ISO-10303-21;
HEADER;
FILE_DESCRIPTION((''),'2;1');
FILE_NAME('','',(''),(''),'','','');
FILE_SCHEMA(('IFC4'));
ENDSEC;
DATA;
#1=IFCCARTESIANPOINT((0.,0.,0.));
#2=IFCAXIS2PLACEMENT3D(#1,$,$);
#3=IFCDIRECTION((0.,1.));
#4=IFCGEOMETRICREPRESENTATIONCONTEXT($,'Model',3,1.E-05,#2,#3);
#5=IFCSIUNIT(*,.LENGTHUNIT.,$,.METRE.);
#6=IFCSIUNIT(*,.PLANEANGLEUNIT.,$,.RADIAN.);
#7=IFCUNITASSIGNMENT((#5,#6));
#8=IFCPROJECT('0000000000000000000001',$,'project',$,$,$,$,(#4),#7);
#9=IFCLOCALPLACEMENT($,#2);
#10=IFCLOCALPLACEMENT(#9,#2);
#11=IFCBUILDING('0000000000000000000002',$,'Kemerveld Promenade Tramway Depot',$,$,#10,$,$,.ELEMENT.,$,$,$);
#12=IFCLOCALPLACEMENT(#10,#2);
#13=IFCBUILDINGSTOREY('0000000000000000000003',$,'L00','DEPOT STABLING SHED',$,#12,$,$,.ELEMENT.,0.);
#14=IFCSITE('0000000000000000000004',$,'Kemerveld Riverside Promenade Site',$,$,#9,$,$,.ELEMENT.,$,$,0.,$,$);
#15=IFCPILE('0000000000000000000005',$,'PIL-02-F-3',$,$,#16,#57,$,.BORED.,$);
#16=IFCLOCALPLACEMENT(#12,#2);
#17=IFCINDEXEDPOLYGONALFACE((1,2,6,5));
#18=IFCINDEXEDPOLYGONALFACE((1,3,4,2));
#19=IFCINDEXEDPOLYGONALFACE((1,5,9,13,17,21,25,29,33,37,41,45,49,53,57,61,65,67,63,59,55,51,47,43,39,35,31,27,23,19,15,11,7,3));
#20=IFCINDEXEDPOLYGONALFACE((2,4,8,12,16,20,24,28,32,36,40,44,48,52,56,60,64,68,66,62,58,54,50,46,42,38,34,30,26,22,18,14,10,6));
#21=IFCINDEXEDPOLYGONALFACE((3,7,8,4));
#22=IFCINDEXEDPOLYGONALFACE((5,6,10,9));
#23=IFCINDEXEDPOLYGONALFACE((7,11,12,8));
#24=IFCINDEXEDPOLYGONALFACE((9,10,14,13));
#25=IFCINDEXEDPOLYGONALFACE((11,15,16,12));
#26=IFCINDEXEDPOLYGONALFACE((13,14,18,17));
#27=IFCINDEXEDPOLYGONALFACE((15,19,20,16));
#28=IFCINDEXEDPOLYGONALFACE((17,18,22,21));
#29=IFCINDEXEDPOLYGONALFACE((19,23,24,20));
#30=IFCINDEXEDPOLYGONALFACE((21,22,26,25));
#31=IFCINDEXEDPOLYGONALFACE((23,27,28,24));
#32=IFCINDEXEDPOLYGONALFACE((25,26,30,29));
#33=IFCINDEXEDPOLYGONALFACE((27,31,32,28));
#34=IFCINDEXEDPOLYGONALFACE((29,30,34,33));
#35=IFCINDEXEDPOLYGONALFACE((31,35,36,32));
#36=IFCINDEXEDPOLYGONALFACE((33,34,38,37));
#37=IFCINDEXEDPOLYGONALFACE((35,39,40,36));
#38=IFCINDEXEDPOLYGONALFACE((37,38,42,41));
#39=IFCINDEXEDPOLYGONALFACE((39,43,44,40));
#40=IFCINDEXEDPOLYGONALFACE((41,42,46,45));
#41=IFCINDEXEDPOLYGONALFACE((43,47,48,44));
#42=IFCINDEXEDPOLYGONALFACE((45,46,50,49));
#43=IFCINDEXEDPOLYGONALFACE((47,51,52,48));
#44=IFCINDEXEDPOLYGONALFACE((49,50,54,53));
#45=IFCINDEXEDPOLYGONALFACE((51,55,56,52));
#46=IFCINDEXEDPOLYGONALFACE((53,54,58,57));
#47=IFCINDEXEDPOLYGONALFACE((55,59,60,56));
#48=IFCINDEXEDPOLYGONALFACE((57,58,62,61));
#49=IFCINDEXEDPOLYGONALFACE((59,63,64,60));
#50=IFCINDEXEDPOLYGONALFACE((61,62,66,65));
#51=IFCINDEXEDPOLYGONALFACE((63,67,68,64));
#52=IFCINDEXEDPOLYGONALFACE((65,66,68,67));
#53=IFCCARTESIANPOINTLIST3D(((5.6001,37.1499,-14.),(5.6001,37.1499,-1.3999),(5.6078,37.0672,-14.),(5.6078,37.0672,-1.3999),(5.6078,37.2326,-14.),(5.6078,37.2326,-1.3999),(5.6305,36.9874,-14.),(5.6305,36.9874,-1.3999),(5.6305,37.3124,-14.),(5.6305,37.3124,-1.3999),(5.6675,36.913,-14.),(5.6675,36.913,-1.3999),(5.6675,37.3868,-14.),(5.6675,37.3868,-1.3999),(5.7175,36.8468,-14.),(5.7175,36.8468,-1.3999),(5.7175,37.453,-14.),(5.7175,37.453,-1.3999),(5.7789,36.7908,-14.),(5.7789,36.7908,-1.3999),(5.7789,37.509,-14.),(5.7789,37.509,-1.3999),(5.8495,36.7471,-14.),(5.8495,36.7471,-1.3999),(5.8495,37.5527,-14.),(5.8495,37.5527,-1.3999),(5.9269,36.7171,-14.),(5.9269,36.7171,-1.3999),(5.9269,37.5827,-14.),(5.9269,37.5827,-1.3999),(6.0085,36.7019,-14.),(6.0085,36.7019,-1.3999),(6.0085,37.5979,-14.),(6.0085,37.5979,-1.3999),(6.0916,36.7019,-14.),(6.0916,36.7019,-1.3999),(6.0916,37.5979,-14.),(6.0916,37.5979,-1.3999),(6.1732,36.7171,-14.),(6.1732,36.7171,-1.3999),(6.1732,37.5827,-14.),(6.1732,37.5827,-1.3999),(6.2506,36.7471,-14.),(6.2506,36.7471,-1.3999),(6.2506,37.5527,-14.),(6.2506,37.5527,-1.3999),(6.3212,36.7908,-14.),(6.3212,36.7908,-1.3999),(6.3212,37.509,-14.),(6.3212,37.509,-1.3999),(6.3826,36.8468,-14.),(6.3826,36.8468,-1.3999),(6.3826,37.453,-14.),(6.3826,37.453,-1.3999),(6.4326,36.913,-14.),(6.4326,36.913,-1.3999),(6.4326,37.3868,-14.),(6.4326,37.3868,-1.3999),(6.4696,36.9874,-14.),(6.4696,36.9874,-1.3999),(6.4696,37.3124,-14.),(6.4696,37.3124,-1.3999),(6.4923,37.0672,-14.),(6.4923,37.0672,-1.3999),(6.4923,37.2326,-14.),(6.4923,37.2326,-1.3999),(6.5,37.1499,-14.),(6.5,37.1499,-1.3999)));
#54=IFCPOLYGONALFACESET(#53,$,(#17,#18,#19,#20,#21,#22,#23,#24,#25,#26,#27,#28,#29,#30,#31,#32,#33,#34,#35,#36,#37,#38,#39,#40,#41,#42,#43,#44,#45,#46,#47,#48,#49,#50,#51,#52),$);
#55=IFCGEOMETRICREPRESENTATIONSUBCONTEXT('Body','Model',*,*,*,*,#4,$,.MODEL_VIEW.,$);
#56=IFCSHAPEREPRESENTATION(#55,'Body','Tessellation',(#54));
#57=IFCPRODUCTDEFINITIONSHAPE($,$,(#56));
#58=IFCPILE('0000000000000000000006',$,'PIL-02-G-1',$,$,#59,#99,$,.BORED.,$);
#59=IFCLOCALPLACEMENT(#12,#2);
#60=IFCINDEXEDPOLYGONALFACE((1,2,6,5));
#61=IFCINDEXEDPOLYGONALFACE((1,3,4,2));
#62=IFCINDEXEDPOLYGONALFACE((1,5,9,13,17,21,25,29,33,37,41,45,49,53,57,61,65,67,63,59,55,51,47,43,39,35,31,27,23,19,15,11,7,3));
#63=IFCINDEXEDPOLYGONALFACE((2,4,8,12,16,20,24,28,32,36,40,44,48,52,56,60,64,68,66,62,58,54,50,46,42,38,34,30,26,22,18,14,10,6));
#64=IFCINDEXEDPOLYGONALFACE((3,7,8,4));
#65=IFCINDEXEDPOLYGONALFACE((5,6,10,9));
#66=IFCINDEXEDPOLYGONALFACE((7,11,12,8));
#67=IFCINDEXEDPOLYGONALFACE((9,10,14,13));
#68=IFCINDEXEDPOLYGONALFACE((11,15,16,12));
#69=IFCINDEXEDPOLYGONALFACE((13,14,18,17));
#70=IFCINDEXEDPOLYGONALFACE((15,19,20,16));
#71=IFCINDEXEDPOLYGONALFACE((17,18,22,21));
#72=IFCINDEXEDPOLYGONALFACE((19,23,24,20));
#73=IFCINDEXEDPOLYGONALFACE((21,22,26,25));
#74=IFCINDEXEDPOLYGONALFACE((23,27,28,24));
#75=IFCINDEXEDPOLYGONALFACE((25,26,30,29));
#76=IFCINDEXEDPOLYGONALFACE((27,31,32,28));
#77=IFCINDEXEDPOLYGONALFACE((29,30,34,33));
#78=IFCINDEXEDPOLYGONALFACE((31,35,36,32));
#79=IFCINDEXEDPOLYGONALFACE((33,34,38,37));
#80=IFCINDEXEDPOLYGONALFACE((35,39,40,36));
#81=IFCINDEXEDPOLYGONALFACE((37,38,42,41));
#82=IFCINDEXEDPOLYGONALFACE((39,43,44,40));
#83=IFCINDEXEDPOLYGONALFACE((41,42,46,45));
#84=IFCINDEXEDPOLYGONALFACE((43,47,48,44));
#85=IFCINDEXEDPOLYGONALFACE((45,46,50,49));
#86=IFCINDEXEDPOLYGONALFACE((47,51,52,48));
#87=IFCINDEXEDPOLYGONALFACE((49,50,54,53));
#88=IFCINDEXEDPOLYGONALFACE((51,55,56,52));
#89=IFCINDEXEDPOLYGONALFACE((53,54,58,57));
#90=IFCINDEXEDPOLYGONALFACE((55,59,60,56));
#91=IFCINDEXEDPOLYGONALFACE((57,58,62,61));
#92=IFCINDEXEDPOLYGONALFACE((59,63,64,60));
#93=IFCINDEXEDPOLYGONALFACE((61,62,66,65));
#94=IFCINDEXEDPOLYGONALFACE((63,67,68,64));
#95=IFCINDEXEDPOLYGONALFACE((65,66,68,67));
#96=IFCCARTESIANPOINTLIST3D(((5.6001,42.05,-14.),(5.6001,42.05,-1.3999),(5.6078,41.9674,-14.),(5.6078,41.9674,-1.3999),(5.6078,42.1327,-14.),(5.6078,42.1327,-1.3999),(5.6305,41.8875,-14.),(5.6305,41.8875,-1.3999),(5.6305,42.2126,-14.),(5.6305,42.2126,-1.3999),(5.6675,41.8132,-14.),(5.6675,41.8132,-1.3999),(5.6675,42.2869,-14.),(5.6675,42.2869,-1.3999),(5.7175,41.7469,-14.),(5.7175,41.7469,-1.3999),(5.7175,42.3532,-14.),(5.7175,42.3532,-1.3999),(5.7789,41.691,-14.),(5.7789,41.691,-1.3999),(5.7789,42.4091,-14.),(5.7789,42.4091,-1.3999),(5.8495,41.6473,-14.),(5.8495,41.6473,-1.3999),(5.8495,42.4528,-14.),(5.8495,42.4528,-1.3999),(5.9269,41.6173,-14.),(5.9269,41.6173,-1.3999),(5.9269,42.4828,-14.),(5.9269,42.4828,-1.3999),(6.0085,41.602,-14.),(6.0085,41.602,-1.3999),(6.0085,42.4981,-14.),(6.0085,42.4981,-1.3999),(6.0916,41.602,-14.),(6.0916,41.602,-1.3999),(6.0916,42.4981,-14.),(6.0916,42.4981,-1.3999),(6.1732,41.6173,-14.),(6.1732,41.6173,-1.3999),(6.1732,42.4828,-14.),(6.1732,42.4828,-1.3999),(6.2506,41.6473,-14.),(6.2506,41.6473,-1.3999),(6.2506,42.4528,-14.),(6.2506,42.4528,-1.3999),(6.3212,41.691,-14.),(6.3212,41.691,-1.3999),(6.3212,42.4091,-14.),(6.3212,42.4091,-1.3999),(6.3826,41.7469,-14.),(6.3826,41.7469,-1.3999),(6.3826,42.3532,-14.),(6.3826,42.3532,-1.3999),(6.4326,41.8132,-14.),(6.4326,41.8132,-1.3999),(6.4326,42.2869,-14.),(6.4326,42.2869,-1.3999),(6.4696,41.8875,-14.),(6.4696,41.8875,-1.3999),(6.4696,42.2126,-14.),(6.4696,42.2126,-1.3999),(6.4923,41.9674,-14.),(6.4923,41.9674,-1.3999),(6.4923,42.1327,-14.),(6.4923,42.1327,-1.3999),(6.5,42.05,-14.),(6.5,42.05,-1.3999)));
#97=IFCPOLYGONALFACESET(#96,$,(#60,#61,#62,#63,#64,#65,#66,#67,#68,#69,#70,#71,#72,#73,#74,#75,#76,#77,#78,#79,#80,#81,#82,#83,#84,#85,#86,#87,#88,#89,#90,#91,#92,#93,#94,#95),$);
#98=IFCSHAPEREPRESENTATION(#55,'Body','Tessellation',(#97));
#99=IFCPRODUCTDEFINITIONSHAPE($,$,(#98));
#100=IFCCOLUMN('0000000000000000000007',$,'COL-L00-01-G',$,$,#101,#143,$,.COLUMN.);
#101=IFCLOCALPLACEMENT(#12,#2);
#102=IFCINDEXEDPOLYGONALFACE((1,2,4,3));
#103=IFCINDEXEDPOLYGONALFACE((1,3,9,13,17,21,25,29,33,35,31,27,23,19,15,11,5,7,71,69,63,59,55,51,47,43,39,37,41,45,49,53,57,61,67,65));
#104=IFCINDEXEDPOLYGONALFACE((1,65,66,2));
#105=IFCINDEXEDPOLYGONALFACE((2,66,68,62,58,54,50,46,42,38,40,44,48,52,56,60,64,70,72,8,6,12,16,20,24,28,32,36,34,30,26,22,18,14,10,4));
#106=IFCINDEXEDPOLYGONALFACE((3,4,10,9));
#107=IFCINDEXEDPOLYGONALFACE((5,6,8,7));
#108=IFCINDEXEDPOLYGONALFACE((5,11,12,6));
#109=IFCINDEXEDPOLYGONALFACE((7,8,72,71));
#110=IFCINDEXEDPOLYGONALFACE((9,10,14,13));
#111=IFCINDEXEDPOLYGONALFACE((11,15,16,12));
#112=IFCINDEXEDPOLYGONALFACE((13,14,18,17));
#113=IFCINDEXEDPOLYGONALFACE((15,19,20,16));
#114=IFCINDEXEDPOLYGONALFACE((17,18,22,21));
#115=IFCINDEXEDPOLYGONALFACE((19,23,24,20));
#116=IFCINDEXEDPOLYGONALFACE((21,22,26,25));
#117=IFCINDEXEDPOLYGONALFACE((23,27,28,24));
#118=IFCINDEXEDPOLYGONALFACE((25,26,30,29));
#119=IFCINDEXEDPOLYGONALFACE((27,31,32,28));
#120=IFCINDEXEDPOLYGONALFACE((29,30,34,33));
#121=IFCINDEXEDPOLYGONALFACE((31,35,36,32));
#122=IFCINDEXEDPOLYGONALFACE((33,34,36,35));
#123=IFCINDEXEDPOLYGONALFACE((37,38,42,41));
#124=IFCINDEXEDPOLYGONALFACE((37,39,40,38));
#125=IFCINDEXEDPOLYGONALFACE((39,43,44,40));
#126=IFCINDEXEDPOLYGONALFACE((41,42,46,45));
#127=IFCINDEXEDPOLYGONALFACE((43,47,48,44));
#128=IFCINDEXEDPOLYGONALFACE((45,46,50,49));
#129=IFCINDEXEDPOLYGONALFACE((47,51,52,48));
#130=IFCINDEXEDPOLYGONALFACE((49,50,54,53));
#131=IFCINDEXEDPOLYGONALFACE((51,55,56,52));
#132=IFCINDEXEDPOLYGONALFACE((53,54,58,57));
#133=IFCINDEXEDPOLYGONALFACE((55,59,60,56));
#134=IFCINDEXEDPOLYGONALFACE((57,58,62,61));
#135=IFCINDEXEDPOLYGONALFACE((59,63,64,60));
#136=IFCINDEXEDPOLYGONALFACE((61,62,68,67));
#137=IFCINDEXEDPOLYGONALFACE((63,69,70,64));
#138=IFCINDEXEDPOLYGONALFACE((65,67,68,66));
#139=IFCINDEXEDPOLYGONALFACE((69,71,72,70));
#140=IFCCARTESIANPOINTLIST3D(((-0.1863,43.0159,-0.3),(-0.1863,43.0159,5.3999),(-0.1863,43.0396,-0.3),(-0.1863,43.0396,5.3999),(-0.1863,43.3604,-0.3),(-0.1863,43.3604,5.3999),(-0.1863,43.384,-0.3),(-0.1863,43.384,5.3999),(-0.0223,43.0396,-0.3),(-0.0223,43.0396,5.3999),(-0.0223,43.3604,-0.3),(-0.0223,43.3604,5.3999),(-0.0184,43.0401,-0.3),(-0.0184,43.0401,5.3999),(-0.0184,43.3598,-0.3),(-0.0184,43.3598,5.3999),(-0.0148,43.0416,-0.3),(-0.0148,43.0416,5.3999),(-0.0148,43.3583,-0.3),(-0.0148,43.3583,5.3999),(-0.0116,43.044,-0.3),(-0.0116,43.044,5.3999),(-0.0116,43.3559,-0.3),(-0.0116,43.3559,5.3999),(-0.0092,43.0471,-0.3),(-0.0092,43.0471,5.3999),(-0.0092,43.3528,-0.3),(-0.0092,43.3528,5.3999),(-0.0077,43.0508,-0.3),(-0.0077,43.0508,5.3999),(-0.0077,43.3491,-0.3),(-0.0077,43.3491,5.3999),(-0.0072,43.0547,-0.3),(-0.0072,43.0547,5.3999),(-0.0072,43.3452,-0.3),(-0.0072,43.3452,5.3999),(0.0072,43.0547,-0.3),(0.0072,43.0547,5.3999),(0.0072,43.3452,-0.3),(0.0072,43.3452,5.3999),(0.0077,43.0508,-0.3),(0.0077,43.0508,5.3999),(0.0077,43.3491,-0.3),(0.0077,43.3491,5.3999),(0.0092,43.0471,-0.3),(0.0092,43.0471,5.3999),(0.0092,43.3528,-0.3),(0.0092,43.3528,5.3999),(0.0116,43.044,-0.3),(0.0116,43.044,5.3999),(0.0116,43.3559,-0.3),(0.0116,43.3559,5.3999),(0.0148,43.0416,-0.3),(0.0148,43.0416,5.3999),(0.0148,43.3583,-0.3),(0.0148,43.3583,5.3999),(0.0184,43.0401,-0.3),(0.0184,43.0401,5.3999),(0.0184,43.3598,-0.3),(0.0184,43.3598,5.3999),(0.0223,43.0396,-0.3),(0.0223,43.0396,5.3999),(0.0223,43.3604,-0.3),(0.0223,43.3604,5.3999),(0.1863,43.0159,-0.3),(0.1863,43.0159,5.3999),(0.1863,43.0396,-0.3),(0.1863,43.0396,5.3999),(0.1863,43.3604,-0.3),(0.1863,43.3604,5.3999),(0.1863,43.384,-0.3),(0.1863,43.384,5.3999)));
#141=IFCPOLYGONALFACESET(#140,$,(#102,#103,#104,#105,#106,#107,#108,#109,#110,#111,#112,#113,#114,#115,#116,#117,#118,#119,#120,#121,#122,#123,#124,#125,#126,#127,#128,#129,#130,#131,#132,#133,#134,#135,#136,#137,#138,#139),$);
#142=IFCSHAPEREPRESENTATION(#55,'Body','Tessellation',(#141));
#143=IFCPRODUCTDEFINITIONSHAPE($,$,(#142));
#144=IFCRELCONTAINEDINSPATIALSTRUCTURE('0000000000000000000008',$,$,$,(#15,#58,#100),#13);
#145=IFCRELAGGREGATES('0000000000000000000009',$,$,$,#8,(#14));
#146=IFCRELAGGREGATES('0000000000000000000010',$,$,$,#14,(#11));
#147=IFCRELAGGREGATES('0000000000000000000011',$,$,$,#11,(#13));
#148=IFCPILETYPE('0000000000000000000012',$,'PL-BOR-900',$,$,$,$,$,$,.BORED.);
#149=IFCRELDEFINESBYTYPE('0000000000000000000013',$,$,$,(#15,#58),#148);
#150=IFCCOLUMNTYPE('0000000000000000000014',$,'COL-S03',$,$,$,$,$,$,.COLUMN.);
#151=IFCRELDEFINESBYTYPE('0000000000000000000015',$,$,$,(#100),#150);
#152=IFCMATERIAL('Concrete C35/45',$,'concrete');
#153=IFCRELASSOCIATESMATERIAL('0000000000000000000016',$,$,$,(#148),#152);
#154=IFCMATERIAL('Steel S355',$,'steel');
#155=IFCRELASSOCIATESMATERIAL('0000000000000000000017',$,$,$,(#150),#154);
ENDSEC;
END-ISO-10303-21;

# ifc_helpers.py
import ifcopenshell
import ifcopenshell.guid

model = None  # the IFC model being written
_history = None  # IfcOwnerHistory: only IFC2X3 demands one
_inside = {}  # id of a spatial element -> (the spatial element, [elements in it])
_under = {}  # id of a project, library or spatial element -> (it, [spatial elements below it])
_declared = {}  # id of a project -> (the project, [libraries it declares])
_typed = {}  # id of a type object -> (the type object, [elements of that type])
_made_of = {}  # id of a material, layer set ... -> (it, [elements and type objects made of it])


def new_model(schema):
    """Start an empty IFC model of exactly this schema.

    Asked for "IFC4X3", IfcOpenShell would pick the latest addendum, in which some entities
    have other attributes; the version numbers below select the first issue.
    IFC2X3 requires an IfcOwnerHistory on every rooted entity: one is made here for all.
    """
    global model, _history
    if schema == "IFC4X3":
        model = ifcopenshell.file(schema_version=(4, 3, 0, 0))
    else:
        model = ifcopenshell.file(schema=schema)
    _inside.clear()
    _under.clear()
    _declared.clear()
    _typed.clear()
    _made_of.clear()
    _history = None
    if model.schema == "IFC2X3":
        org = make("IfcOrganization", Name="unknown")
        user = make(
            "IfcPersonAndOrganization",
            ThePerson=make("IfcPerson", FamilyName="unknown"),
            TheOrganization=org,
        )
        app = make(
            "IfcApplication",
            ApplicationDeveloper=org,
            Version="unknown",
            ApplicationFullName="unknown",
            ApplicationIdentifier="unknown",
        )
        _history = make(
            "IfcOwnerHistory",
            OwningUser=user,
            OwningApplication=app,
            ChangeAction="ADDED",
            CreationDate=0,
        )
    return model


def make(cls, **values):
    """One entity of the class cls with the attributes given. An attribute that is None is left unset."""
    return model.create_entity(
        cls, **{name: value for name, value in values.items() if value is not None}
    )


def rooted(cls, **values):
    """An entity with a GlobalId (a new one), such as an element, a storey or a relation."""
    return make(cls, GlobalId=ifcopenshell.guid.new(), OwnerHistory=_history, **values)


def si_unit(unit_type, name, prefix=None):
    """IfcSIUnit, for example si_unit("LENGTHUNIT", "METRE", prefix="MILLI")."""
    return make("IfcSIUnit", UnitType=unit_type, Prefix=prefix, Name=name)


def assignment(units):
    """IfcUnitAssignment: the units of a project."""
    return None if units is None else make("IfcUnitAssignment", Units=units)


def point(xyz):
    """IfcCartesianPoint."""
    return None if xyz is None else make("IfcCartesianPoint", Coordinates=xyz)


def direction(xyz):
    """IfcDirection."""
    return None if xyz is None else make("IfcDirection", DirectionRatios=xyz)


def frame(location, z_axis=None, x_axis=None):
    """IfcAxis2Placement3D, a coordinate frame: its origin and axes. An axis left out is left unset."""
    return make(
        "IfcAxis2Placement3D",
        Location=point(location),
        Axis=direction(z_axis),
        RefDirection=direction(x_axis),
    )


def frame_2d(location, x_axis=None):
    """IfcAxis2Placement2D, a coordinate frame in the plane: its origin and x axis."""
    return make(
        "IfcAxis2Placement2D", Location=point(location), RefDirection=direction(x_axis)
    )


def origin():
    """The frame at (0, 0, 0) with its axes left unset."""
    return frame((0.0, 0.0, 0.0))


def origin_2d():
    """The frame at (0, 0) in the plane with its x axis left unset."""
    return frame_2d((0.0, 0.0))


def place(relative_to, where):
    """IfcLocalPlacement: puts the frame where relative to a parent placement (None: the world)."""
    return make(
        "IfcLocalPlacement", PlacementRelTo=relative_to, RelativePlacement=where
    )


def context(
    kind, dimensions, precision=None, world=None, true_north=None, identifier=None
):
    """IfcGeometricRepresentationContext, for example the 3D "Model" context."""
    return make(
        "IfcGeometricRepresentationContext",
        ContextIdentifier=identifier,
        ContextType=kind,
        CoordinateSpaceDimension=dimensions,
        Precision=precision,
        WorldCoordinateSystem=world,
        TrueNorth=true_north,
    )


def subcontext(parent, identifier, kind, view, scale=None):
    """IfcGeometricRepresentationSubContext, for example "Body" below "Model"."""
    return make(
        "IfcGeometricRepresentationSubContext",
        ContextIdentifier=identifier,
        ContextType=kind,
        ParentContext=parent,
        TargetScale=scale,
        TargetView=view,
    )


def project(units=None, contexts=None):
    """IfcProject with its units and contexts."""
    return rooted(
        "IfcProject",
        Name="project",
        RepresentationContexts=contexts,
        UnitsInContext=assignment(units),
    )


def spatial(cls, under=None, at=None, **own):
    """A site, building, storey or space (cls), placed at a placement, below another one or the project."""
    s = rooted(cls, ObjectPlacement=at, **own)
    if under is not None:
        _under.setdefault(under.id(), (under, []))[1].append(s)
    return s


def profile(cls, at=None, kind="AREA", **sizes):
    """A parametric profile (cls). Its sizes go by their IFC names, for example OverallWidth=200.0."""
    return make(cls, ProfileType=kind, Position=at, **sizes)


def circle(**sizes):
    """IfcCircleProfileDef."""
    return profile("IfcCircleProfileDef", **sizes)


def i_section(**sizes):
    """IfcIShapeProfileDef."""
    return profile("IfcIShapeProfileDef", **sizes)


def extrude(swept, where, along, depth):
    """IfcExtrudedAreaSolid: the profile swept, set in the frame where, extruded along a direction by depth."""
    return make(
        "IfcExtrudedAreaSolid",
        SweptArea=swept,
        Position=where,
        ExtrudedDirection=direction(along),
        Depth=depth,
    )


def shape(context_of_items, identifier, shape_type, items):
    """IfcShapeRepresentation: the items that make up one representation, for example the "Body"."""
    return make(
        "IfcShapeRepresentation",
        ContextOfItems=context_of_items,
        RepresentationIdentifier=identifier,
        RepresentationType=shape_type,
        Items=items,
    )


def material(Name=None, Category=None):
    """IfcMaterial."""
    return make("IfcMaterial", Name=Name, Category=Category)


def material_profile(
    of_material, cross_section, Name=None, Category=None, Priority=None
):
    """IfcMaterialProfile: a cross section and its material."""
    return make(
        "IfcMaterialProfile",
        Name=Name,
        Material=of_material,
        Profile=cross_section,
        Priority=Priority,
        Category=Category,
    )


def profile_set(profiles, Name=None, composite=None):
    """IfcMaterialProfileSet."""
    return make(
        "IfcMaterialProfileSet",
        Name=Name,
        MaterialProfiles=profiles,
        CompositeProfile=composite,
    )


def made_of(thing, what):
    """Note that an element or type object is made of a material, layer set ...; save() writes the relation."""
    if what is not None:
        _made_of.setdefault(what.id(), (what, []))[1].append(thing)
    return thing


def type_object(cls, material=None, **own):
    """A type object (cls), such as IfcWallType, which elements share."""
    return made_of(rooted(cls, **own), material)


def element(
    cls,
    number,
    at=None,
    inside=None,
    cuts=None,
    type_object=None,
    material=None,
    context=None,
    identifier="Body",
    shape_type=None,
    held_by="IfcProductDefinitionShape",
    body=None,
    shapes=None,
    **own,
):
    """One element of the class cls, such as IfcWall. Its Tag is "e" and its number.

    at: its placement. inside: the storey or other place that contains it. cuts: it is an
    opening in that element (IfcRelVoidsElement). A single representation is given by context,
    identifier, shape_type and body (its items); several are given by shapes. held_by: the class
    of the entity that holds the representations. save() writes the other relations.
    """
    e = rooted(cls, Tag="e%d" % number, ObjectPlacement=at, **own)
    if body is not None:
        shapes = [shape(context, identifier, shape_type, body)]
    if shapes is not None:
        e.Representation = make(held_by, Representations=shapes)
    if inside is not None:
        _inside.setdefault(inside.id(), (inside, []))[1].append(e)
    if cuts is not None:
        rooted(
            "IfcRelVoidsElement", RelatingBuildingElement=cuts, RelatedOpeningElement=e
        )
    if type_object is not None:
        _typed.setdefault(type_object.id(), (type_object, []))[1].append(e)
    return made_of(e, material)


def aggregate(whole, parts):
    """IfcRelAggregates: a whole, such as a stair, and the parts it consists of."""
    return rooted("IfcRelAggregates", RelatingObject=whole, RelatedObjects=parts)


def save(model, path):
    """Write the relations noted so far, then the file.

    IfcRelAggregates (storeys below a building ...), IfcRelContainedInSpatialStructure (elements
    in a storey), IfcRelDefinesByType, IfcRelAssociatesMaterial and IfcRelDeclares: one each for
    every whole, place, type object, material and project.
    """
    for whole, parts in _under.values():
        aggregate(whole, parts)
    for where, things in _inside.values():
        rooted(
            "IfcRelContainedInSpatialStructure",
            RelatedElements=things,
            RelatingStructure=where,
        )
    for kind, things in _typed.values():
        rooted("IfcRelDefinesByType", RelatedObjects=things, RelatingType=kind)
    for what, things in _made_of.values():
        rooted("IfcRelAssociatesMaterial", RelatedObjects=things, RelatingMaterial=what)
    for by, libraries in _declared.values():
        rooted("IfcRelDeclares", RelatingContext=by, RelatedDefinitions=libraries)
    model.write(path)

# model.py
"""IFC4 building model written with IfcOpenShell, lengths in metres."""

from ifc_helpers import new_model, si_unit, direction, frame, origin, origin_2d, place, context, subcontext, project, spatial, circle, i_section, extrude, material, material_profile, profile_set, type_object, element, save


model = new_model("IFC4")

# Units and contexts
model_context = context("Model", 3, precision=1e-05, world=origin(), true_north=direction((0.0, 1.0)))
body_context = subcontext(model_context, "Body", "Model", "MODEL_VIEW")
ifc_project = project(units=[si_unit("LENGTHUNIT", "METRE"), si_unit("PLANEANGLEUNIT", "RADIAN")], contexts=[model_context])

# Site, building, storey
site_placement = place(None, origin())
site = spatial("IfcSite", under=ifc_project, at=site_placement, Name="Kemerveld Riverside Promenade Site", CompositionType="ELEMENT", RefElevation=0.0)
building_placement = place(site_placement, origin())
building = spatial("IfcBuilding", under=site, at=building_placement, Name="Kemerveld Promenade Tramway Depot", CompositionType="ELEMENT")
storey_placement = place(building_placement, origin())
storey = spatial("IfcBuildingStorey", under=building, at=storey_placement, Name="L00", Description="DEPOT STABLING SHED", CompositionType="ELEMENT", Elevation=0.0)

# Shared definitions
ifc_material_1 = material(Name="Concrete C35/45", Category="concrete")

# Piles
ifc_material_profile_1 = material_profile(ifc_material_1, circle(Radius=0.45, at=origin_2d()), Name="PILE-D900")
ifc_profile_set_1 = profile_set([ifc_material_profile_1], Name="Concrete C35/45")
pile_type = type_object("IfcPileType", Name="PL-BOR-900", PredefinedType="BORED", material=ifc_profile_set_1)
for number, where, z_axis, x_axis, name in (
    (1, (6.05, 37.1499, -1.3999), (0.0, 0.0, -1.0), (1.0, 0.0, 0.0), "PIL-02-F-3"),
    (2, (6.05, 42.05, -1.3999), (0.0, 0.0, -1.0), (1.0, 0.0, 0.0), "PIL-02-G-1"),
):
    element("IfcPile", number, at=place(storey_placement, frame(where, z_axis=z_axis, x_axis=x_axis)), inside=storey, type_object=pile_type, Name=name, PredefinedType="BORED", context=body_context, shape_type="SweptSolid", body=[
        extrude(circle(Radius=0.45, at=origin_2d()), origin(), (0.0, 0.0, 1.0), 12.6001),
    ])

# Column
ifc_material_2 = material(Name="Steel S355", Category="steel")
ifc_material_profile_2 = material_profile(ifc_material_2, i_section(OverallWidth=0.3726, OverallDepth=0.3682, WebThickness=0.0144, FlangeThickness=0.0237, FilletRadius=0.0151, at=origin_2d()), Name="356x368x177 UC")
ifc_profile_set_2 = profile_set([ifc_material_profile_2], Name="Steel S355")
column_type = type_object("IfcColumnType", Name="COL-S03", PredefinedType="COLUMN", material=ifc_profile_set_2)
column_placement = place(storey_placement, frame((0.0, 43.2, -0.3), z_axis=(0.0, 0.0, 1.0), x_axis=(1.0, 0.0, 0.0)))
element("IfcColumn", 3, at=column_placement, inside=storey, type_object=column_type, Name="COL-L00-01-G", PredefinedType="COLUMN", context=body_context, shape_type="SweptSolid", body=[
    extrude(i_section(OverallWidth=0.3726, OverallDepth=0.3682, WebThickness=0.0144, FlangeThickness=0.0237, FilletRadius=0.0151, at=origin_2d()), origin(), (0.0, 0.0, 1.0), 5.7),
])

save(model, "model.ifc")
